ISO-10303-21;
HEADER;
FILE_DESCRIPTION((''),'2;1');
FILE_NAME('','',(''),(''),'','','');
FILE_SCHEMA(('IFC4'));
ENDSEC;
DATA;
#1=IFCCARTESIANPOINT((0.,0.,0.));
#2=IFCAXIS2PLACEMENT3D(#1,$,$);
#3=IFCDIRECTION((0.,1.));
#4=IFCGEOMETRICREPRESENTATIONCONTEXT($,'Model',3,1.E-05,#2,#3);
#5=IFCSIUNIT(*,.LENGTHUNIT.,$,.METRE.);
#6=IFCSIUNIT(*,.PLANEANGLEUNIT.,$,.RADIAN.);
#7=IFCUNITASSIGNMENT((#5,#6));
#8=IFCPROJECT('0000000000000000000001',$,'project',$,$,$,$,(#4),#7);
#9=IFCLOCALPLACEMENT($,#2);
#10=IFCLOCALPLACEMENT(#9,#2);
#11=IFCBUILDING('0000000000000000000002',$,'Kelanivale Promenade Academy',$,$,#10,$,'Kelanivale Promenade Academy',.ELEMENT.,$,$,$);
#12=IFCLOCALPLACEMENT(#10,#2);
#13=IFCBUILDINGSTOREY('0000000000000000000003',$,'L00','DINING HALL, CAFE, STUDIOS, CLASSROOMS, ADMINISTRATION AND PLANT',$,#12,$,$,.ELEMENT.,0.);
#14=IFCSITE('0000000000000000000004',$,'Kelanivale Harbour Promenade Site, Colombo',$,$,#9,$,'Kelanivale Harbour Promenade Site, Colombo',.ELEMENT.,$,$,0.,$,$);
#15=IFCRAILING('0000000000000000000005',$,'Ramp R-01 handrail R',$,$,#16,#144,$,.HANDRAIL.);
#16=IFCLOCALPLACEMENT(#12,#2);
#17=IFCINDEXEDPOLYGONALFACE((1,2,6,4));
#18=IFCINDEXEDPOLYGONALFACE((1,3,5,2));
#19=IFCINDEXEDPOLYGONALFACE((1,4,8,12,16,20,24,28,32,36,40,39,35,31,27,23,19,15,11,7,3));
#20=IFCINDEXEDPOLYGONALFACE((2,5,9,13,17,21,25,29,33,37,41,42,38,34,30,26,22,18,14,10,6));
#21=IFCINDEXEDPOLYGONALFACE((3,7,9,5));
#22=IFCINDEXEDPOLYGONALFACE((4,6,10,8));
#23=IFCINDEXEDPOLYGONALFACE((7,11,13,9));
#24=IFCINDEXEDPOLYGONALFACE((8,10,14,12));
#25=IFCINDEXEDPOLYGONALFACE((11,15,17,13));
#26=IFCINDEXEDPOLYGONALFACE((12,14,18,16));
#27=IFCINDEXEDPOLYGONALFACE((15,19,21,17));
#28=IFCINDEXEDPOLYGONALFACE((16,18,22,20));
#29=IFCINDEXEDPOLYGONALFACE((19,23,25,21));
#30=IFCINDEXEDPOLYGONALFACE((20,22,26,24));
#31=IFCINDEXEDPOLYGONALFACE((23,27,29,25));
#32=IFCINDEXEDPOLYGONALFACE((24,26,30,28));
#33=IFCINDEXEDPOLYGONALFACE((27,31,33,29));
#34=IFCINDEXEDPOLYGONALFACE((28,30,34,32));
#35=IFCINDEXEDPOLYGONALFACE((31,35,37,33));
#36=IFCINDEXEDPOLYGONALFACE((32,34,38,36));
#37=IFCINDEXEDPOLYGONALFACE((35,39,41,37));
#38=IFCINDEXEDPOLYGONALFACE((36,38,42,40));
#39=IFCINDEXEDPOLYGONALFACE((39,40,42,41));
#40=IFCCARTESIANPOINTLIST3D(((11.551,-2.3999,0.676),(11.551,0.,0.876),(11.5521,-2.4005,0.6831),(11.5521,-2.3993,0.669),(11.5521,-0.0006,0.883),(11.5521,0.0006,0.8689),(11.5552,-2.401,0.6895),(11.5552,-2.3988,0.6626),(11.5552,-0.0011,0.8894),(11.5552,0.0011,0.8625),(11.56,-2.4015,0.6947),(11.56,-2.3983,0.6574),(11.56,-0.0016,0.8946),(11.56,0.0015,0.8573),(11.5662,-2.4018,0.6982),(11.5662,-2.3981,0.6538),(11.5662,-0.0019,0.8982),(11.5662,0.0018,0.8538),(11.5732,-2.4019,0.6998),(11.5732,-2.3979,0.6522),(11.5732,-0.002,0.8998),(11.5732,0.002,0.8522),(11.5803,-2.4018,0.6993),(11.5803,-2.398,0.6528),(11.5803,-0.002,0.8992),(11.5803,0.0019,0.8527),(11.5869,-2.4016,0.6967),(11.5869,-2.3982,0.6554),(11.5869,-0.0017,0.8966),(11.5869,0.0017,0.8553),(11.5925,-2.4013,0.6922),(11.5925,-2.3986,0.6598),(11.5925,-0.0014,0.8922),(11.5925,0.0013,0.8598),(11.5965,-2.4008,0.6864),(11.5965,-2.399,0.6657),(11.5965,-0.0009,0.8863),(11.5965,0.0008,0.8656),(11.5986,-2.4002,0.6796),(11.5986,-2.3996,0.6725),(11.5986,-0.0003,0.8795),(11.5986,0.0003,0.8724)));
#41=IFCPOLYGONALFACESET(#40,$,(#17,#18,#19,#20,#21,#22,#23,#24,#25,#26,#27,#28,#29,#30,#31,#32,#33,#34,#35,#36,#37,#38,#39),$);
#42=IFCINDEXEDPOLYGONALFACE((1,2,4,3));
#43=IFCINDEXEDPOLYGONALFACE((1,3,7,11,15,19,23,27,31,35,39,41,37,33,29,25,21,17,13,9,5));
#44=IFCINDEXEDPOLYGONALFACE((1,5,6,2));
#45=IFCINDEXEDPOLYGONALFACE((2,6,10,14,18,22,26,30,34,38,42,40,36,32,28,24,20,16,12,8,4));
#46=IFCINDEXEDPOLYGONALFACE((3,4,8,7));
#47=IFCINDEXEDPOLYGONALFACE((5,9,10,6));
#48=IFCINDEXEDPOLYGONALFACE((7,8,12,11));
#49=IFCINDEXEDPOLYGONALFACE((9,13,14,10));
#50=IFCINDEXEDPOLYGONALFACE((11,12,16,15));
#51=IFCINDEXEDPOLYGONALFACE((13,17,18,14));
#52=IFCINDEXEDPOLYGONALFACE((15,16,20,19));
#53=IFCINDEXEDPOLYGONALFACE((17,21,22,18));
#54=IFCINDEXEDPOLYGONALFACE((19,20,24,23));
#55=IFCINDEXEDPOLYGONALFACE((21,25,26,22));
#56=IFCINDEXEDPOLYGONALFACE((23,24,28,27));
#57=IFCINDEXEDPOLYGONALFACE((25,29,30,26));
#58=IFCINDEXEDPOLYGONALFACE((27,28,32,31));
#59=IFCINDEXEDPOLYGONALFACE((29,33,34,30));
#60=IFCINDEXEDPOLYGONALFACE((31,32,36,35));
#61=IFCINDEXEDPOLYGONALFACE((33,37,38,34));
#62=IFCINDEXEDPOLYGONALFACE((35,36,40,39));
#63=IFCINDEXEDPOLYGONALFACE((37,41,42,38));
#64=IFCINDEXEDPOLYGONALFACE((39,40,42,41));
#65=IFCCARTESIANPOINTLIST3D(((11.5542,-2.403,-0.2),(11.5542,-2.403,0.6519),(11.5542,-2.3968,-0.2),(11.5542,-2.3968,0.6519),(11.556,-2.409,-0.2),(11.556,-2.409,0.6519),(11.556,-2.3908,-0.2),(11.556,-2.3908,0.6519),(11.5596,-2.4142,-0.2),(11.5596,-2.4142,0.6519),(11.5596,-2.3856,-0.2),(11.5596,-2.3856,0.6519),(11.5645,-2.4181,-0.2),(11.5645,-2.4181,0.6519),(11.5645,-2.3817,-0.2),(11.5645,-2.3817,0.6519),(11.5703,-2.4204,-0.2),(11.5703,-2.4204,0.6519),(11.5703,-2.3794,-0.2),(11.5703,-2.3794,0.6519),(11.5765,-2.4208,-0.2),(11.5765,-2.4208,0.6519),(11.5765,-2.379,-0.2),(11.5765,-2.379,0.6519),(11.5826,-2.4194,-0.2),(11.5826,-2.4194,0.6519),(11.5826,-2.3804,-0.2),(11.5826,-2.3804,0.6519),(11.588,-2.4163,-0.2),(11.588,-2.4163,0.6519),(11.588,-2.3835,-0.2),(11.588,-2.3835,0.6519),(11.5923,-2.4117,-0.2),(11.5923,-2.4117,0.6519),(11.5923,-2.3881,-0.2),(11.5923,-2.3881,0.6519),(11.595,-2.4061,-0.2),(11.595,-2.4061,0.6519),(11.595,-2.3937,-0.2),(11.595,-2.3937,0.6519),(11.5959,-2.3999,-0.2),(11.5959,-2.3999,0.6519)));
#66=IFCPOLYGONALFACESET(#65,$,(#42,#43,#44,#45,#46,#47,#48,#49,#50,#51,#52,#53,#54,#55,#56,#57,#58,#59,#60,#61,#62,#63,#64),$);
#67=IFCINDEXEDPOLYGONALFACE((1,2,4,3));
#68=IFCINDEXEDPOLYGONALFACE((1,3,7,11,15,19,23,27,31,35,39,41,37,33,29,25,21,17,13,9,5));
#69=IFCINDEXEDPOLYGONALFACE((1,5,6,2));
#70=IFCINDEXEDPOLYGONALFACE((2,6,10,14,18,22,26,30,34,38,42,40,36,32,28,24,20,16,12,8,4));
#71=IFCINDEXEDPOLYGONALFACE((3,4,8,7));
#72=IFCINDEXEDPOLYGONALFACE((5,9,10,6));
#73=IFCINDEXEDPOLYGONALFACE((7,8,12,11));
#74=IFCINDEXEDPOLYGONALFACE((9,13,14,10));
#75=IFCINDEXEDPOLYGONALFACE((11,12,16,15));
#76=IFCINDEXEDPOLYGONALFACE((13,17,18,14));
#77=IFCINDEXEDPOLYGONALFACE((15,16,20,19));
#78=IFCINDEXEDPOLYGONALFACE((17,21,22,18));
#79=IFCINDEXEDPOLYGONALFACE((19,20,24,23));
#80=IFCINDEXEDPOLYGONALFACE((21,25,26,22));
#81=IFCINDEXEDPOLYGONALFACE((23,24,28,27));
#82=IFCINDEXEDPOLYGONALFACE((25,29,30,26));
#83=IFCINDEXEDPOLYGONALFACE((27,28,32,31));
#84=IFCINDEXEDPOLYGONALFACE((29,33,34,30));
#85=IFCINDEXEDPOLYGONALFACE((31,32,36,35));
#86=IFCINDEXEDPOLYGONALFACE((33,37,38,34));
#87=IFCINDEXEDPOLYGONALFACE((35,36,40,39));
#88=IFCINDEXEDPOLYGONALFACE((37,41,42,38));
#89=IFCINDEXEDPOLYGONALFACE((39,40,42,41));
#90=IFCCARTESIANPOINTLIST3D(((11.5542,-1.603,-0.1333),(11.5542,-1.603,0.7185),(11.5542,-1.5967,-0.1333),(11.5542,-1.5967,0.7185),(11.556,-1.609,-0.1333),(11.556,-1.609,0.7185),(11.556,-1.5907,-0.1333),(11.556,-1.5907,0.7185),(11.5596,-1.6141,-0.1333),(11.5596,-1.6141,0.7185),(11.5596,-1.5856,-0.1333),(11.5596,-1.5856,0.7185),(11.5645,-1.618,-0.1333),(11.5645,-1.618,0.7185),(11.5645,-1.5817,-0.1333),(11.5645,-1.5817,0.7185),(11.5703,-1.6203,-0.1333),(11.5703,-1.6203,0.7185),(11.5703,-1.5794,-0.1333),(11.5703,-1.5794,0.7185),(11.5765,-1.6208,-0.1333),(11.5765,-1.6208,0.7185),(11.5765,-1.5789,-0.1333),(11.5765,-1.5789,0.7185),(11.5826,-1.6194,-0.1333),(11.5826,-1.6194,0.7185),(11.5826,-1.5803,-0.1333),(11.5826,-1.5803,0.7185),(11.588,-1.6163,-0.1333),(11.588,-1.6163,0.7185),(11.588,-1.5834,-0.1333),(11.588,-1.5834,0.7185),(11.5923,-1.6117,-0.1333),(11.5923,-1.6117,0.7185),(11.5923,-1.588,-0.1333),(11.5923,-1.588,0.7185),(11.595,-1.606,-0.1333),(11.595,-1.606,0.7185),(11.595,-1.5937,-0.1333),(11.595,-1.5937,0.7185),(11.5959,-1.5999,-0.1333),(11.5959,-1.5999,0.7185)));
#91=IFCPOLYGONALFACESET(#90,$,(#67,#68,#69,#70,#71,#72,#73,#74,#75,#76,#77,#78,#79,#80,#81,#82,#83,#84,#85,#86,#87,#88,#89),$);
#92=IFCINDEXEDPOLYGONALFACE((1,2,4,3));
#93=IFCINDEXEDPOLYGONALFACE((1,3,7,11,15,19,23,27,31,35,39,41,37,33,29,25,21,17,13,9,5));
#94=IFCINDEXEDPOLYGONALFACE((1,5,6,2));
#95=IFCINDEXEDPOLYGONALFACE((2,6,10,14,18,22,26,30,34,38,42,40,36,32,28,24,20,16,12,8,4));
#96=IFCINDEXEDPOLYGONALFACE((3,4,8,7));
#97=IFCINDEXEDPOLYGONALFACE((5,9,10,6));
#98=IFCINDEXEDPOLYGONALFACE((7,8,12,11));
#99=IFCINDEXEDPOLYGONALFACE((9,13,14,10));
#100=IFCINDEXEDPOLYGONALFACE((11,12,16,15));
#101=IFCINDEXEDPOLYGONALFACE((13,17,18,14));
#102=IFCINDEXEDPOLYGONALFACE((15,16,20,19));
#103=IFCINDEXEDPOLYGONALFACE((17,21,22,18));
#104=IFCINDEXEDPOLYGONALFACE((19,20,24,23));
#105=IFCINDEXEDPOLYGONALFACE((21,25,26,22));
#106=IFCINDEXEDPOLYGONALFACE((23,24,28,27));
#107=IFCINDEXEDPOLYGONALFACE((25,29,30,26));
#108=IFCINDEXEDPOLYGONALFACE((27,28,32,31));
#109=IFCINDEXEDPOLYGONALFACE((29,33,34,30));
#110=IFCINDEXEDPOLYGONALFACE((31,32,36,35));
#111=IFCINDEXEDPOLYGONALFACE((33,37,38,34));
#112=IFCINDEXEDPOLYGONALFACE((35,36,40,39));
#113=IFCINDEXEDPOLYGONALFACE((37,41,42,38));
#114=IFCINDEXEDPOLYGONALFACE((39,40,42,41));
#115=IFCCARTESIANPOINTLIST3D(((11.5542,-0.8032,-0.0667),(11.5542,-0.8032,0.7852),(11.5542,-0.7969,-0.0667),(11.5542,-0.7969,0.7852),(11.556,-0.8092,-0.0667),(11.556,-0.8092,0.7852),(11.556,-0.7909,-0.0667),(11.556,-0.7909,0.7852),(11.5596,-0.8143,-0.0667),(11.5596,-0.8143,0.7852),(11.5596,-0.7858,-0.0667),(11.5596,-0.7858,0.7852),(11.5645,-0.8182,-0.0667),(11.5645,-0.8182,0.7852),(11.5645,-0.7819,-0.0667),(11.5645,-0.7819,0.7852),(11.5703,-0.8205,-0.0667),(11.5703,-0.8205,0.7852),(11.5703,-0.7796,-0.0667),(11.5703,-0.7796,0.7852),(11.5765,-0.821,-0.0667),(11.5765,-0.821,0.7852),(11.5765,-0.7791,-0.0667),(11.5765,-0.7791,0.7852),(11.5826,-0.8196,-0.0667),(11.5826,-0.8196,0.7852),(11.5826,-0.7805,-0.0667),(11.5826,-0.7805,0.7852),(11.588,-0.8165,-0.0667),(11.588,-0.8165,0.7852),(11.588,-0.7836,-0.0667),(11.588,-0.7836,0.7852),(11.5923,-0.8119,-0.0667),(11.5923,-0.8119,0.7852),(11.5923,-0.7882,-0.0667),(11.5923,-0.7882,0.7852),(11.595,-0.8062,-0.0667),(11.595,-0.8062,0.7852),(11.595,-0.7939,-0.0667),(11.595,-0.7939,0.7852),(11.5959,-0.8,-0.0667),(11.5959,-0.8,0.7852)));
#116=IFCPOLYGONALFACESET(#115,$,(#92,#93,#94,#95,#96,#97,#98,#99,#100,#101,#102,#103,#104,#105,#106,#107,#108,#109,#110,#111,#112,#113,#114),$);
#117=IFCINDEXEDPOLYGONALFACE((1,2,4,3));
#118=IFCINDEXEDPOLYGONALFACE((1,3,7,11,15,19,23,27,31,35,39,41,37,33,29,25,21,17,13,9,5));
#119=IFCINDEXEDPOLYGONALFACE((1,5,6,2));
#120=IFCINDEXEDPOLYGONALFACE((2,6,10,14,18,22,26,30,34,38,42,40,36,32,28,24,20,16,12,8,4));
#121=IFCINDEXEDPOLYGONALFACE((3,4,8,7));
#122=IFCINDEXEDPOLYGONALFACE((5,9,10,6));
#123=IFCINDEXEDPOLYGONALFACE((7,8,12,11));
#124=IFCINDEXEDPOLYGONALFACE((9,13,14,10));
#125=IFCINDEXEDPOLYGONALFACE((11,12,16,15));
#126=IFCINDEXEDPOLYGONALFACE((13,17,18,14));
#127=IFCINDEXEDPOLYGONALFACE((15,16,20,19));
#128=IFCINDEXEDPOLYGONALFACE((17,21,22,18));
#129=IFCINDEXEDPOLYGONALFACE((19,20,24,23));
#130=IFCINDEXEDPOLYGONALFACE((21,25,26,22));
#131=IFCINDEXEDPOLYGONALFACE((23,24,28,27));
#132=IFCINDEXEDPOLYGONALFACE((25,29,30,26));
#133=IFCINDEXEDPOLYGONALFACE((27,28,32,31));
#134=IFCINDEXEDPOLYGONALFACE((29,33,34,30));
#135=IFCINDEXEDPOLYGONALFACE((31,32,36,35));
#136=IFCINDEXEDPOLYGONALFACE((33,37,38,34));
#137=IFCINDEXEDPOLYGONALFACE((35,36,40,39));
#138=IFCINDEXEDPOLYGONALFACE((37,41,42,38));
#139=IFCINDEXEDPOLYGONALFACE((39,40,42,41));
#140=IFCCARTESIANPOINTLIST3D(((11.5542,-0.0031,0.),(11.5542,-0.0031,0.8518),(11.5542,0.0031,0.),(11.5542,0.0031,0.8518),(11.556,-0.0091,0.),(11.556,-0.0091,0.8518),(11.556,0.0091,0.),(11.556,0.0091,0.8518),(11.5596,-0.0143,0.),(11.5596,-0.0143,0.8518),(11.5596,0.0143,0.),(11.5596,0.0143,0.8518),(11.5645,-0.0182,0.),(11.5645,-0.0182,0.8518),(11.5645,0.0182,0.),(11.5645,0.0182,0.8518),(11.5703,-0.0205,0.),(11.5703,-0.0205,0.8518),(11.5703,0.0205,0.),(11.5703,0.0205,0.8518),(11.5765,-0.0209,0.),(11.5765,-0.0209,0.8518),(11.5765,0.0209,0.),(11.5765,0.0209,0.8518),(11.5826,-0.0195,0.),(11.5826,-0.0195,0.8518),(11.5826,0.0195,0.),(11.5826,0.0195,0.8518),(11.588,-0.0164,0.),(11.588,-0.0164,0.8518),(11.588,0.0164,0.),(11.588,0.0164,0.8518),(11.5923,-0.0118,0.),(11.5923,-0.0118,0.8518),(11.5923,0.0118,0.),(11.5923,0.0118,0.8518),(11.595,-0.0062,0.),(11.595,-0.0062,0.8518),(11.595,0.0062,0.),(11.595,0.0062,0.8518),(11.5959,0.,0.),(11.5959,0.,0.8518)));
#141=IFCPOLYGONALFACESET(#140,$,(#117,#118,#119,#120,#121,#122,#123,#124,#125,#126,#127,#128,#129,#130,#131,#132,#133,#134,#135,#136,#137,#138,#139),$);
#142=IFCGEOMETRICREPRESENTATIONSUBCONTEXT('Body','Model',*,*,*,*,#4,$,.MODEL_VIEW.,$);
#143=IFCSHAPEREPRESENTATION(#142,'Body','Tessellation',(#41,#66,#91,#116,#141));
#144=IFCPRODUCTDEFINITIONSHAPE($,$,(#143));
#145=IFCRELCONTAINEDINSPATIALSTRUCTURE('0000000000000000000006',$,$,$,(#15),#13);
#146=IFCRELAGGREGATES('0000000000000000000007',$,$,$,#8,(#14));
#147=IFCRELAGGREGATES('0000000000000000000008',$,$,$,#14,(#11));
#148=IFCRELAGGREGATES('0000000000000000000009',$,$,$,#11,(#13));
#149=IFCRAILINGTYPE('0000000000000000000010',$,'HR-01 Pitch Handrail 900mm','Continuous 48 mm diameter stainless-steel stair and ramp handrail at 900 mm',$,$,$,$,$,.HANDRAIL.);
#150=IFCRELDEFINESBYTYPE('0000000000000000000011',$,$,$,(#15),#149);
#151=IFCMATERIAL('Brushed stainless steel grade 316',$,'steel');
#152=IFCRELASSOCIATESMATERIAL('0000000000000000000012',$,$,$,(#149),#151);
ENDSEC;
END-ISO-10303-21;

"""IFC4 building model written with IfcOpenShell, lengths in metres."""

from ifc_helpers import new_model, si_unit, direction, frame, origin, origin_2d, place, context, subcontext, project, spatial, circle, extrude, material, type_object, element, save


model = new_model("IFC4")

# Units and contexts
model_context = context("Model", 3, precision=1e-05, world=origin(), true_north=direction((0.0, 1.0)))
body_context = subcontext(model_context, "Body", "Model", "MODEL_VIEW")
ifc_project = project(units=[si_unit("LENGTHUNIT", "METRE"), si_unit("PLANEANGLEUNIT", "RADIAN")], contexts=[model_context])

# Site, building, storey
site_placement = place(None, origin())
site = spatial("IfcSite", under=ifc_project, at=site_placement, Name="Kelanivale Harbour Promenade Site, Colombo", LongName="Kelanivale Harbour Promenade Site, Colombo", CompositionType="ELEMENT", RefElevation=0.0)
building_placement = place(site_placement, origin())
building = spatial("IfcBuilding", under=site, at=building_placement, Name="Kelanivale Promenade Academy", LongName="Kelanivale Promenade Academy", CompositionType="ELEMENT")
storey_placement = place(building_placement, origin())
storey = spatial("IfcBuildingStorey", under=building, at=storey_placement, Name="L00", Description="DINING HALL, CAFE, STUDIOS, CLASSROOMS, ADMINISTRATION AND PLANT", CompositionType="ELEMENT", Elevation=0.0)

# Railing
ifc_material_1 = material(Name="Brushed stainless steel grade 316", Category="steel")
railing_type = type_object("IfcRailingType", Name="HR-01 Pitch Handrail 900mm", Description="Continuous 48 mm diameter stainless-steel stair and ramp handrail at 900 mm", PredefinedType="HANDRAIL", material=ifc_material_1)
for number, where, name in (
    (1, (11.575, -2.3999, -0.2), "Ramp R-01 handrail R"),
):
    element("IfcRailing", number, at=place(storey_placement, frame(where)), inside=storey, type_object=railing_type, Name=name, PredefinedType="HANDRAIL", context=body_context, shape_type="SweptSolid", body=[
        extrude(circle(Radius=0.0239, at=origin_2d()), frame((0.0, 0.0, 0.876), z_axis=(0.0, 0.996547, 0.083029), x_axis=(-1.0, 0.0, 0.0)), (0.0, 0.0, 1.0), 2.4082),
        extrude(circle(Radius=0.021, at=origin_2d()), origin(), (0.0, 0.0, 1.0), 0.8518),
        extrude(circle(Radius=0.021, at=origin_2d()), frame((0.0, 0.8, 0.0667)), (0.0, 0.0, 1.0), 0.8518),
        extrude(circle(Radius=0.021, at=origin_2d()), frame((0.0, 1.5999, 0.1333)), (0.0, 0.0, 1.0), 0.8518),
        extrude(circle(Radius=0.021, at=origin_2d()), frame((0.0, 2.3999, 0.2)), (0.0, 0.0, 1.0), 0.8518),
    ])

save(model, "model.ifc")
